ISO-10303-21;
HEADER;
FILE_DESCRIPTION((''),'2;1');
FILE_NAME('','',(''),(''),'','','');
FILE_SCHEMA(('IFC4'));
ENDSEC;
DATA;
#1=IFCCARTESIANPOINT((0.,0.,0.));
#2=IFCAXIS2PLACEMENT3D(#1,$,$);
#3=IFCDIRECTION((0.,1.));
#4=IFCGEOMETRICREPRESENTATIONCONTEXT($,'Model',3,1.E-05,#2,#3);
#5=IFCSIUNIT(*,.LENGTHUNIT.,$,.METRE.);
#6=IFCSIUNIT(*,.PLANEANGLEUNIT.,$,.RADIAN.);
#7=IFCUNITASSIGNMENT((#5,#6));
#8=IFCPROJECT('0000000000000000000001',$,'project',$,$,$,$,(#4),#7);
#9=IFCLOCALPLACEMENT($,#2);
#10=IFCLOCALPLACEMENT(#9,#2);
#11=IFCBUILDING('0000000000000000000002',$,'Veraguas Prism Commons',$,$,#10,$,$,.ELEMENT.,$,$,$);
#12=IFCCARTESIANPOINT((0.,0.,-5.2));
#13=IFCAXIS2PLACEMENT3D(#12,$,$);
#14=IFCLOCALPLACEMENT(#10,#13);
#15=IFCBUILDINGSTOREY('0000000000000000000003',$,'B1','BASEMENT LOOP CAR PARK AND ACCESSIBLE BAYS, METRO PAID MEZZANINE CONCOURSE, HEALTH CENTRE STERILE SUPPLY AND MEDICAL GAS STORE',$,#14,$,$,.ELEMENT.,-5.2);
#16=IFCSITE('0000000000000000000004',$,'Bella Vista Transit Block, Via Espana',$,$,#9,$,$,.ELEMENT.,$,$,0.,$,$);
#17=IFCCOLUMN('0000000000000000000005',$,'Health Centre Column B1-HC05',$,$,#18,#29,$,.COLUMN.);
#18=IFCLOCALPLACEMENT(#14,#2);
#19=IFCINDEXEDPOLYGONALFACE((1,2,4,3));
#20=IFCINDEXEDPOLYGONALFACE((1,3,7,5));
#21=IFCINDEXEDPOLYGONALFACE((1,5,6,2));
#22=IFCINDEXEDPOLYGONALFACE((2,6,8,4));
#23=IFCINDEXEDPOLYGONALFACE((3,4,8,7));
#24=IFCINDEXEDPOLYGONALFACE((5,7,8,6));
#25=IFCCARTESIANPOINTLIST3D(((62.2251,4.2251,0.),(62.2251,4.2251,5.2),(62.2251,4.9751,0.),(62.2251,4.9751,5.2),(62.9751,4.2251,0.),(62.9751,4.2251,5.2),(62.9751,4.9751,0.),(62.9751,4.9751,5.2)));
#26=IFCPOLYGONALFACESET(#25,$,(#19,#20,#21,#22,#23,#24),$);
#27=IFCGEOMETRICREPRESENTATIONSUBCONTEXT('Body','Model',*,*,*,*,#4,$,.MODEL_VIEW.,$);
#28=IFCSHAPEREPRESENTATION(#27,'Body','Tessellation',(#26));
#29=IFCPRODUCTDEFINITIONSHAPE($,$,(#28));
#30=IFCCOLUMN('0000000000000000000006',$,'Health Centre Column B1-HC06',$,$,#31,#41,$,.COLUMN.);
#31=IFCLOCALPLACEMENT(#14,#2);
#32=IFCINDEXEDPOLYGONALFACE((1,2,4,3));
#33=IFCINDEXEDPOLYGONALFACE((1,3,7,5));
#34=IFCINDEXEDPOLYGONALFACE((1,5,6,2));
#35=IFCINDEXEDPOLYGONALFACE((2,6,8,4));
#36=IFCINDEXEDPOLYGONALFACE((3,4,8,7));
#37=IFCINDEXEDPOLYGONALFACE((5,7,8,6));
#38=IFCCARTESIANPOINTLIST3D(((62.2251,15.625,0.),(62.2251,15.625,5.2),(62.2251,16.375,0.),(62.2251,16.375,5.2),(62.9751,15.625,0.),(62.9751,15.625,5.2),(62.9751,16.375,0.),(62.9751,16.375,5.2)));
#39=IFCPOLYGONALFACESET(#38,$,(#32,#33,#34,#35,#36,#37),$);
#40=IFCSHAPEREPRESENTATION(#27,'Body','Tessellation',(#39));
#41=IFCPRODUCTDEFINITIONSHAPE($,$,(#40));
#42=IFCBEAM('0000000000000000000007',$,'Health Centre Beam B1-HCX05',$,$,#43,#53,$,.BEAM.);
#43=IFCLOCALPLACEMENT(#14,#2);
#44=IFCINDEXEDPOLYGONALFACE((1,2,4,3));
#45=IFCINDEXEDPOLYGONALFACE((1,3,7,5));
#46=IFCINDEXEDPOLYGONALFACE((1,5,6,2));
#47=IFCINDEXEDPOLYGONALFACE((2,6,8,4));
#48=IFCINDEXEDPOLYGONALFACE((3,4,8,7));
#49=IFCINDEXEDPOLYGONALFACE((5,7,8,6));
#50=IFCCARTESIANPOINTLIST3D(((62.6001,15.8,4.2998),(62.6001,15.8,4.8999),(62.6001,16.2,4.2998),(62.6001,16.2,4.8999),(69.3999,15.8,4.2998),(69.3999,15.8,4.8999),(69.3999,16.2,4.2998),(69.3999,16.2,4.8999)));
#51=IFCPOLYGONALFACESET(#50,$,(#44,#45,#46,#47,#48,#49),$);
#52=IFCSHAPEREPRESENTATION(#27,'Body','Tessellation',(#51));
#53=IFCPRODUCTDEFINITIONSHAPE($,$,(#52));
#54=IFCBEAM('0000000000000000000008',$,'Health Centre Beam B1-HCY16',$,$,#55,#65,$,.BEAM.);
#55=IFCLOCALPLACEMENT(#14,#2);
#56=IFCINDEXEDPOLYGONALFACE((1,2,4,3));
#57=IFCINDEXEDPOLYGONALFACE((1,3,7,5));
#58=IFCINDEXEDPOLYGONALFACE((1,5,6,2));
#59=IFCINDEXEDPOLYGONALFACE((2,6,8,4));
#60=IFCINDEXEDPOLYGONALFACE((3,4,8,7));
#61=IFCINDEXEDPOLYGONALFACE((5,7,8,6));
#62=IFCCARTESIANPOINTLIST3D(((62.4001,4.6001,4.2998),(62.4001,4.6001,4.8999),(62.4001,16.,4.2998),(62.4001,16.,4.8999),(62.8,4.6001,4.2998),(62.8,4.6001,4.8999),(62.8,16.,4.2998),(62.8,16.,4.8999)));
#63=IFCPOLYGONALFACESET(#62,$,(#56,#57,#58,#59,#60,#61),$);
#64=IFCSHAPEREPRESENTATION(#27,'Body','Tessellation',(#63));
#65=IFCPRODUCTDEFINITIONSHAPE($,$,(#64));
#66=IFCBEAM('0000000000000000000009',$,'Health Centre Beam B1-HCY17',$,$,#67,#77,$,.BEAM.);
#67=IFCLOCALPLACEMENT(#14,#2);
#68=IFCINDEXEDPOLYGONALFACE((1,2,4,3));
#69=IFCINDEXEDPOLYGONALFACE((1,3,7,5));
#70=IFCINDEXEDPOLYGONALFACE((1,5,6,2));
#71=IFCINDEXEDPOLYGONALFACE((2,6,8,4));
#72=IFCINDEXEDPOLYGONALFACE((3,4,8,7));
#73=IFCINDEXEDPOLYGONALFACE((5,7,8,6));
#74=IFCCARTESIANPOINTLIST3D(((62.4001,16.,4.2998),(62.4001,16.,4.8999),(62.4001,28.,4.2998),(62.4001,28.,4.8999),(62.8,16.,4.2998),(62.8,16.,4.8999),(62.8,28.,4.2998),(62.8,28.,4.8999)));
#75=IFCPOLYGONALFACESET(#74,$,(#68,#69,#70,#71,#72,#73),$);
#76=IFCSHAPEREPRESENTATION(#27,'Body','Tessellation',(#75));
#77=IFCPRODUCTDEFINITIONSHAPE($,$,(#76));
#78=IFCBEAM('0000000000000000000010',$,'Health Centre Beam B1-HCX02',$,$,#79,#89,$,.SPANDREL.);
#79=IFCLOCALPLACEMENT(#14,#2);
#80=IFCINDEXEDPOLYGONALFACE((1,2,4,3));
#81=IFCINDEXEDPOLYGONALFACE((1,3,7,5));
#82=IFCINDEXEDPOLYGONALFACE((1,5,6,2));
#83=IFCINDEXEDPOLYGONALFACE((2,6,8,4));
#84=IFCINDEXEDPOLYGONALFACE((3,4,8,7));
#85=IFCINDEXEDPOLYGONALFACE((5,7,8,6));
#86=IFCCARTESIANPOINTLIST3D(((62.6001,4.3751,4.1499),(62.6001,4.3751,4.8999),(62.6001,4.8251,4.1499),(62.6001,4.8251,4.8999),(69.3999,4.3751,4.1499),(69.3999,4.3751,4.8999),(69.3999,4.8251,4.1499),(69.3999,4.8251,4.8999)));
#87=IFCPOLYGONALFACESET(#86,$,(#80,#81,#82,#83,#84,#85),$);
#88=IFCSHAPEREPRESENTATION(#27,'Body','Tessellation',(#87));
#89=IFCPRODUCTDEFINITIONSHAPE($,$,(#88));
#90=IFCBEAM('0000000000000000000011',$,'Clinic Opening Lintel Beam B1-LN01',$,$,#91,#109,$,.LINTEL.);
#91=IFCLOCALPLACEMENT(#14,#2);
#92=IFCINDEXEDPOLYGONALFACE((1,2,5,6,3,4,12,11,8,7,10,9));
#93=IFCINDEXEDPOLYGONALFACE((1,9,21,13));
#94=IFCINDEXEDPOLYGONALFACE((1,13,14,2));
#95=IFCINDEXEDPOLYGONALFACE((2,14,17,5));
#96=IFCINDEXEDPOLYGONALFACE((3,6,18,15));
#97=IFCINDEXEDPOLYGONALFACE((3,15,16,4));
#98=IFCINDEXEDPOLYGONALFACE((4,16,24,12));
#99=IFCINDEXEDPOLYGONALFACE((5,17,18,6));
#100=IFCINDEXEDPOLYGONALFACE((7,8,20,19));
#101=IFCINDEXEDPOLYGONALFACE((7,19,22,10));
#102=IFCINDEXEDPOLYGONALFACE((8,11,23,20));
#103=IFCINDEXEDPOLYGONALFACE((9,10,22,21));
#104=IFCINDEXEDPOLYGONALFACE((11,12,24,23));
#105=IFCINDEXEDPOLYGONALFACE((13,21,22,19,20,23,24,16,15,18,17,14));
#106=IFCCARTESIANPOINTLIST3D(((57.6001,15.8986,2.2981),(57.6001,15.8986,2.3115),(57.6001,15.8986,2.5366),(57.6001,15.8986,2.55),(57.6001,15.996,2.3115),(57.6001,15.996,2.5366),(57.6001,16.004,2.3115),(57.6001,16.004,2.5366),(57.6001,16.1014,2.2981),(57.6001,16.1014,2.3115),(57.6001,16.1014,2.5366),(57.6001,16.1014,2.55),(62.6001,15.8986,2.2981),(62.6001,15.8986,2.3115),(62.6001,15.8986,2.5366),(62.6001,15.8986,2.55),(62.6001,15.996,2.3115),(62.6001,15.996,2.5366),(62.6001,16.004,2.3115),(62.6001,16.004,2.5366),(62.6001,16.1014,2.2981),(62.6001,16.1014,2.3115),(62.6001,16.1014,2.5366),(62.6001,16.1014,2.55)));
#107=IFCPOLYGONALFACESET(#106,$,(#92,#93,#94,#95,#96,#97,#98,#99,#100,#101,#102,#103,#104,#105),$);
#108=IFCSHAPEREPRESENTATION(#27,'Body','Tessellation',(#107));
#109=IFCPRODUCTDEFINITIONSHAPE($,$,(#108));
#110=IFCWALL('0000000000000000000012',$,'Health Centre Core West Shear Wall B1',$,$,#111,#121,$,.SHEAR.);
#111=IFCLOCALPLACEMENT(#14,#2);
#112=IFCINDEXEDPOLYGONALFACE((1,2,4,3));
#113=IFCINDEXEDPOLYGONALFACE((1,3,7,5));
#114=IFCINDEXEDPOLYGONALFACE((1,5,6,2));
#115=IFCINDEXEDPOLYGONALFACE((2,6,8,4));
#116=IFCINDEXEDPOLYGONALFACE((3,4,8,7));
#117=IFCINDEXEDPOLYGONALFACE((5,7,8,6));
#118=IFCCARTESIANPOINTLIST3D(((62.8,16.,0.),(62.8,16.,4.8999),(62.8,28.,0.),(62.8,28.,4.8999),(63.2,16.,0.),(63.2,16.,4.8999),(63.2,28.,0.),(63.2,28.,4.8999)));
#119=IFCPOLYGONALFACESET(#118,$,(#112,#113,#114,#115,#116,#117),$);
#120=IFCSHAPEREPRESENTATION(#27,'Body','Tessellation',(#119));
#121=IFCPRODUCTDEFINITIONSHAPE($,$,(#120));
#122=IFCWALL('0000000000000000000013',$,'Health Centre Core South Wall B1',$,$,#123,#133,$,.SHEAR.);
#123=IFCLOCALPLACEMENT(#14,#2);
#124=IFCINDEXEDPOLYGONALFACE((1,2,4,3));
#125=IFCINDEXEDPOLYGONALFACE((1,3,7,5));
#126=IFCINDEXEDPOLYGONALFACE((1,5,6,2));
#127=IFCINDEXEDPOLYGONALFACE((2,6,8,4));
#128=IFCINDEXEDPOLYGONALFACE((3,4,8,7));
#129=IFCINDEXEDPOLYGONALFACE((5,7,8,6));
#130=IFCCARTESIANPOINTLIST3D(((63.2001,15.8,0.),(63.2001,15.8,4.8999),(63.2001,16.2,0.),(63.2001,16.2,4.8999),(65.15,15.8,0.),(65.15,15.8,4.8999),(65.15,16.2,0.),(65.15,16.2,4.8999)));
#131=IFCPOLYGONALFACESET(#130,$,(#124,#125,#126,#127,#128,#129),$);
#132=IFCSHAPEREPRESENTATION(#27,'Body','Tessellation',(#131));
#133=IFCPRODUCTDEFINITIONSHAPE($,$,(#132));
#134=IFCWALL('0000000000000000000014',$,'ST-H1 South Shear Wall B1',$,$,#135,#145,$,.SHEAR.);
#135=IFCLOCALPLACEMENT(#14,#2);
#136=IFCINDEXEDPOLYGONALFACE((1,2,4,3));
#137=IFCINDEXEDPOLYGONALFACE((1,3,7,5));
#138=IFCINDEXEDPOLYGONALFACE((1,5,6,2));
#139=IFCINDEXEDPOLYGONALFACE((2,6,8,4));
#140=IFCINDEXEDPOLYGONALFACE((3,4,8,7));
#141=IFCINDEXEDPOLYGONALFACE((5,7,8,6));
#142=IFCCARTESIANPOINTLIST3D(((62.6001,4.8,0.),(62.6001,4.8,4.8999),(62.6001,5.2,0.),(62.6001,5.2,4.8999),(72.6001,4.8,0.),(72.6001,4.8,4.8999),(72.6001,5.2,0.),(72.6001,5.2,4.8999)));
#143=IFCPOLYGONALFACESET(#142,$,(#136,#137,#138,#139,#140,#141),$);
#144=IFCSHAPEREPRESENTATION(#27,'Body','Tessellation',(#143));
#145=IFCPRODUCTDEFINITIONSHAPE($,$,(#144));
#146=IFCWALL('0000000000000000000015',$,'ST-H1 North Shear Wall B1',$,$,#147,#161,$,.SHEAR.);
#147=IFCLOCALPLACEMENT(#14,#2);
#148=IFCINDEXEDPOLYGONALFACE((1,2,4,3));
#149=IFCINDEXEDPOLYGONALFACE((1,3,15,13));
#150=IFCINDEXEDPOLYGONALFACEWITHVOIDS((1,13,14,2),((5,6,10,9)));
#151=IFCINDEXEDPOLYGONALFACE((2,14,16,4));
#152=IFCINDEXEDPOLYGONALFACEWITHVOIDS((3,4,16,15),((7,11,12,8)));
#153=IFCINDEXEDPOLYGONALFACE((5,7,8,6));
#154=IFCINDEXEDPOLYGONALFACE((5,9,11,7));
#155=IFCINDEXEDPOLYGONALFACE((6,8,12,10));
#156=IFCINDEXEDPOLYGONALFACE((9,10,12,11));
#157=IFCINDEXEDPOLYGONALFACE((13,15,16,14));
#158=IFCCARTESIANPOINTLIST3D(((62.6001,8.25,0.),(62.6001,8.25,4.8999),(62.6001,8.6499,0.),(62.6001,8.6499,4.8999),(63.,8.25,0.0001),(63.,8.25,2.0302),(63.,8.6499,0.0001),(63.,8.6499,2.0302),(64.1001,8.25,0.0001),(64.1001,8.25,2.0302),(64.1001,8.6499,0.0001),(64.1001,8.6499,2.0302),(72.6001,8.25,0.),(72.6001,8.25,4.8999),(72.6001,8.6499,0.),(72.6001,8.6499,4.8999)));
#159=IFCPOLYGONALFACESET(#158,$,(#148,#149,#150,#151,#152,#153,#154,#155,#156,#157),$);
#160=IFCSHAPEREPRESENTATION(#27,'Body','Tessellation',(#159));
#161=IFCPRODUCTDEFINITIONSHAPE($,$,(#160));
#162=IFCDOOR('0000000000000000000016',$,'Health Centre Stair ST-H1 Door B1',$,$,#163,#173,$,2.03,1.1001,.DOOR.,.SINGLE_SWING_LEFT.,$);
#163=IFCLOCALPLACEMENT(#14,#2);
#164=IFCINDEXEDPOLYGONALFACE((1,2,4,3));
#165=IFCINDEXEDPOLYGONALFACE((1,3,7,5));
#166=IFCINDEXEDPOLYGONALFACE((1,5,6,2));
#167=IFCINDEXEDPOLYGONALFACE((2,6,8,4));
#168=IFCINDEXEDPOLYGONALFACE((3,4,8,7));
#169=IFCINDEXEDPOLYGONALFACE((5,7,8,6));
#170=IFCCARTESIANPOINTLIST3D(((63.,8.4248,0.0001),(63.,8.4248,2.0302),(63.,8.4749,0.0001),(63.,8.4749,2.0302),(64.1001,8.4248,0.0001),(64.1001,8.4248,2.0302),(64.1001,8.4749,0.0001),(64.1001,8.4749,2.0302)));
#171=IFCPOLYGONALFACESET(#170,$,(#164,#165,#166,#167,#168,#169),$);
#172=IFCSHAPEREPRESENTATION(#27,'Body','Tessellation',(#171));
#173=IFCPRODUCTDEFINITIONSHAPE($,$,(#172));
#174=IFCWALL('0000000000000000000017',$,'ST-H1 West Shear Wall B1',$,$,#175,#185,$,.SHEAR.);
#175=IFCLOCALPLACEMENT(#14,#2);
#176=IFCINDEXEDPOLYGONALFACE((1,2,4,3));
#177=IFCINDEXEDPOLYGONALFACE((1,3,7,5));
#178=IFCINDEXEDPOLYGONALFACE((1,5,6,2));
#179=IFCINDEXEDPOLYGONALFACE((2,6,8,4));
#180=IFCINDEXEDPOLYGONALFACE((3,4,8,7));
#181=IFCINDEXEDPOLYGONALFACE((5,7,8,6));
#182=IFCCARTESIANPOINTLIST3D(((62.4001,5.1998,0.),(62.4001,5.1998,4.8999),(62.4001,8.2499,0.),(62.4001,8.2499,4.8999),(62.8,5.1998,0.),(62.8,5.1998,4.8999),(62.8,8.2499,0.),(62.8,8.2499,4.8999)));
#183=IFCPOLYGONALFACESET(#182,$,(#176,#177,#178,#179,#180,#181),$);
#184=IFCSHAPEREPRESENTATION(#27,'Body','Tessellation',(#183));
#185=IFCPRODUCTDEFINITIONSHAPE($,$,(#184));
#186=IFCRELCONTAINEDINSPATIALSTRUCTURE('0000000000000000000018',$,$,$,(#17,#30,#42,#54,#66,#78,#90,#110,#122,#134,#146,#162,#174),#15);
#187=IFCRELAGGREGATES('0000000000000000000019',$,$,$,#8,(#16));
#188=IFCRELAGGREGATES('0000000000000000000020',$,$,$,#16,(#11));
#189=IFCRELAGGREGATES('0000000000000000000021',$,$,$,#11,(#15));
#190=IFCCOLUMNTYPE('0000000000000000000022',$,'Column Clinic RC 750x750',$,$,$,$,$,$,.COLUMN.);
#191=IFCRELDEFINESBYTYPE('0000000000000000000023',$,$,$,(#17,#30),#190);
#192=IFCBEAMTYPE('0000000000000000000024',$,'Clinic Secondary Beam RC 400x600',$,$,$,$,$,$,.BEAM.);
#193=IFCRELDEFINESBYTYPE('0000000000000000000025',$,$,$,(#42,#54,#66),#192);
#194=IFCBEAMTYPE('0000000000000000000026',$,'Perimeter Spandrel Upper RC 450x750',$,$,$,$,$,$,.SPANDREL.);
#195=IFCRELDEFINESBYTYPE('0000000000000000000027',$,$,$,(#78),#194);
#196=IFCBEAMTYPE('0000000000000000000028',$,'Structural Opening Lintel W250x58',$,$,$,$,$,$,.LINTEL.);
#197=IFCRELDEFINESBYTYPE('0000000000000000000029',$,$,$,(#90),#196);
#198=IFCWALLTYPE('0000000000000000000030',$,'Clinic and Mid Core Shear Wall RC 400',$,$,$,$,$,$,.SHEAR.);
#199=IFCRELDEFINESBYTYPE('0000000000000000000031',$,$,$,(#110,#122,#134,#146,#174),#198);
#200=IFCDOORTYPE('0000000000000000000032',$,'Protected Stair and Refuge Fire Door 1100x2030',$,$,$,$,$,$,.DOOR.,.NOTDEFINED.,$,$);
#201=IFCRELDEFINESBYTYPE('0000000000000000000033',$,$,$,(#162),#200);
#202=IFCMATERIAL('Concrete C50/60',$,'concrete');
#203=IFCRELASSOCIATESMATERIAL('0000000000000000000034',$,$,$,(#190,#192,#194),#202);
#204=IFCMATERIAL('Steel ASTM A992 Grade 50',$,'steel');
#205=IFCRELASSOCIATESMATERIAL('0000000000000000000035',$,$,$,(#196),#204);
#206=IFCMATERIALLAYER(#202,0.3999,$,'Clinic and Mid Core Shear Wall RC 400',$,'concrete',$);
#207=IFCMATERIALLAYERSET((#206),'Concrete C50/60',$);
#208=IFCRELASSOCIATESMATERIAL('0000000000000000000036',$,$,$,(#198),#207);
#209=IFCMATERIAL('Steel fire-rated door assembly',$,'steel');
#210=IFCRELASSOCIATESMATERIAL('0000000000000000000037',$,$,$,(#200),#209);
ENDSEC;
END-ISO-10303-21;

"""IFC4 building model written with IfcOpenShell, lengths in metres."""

from ifc_helpers import new_model, si_unit, direction, frame, frame_2d, origin, origin_2d, place, context, subcontext, project, spatial, rectangle, i_section, extrude, source, transform, mapped, material, layer, layer_set, material_profile, profile_set, type_object, element, fill, save


model = new_model("IFC4")

# Units and contexts
model_context = context("Model", 3, precision=1e-05, world=origin(), true_north=direction((0.0, 1.0)))
body_context = subcontext(model_context, "Body", "Model", "MODEL_VIEW")
ifc_project = project(units=[si_unit("LENGTHUNIT", "METRE"), si_unit("PLANEANGLEUNIT", "RADIAN")], contexts=[model_context])

# Site, building, storey
site_placement = place(None, origin())
site = spatial("IfcSite", under=ifc_project, at=site_placement, Name="Bella Vista Transit Block, Via Espana", CompositionType="ELEMENT", RefElevation=0.0)
building_placement = place(site_placement, origin())
building = spatial("IfcBuilding", under=site, at=building_placement, Name="Veraguas Prism Commons", CompositionType="ELEMENT")
storey_placement = place(building_placement, frame((0.0, 0.0, -5.2)))
storey = spatial("IfcBuildingStorey", under=building, at=storey_placement, Name="B1", Description="BASEMENT LOOP CAR PARK AND ACCESSIBLE BAYS, METRO PAID MEZZANINE CONCOURSE, HEALTH CENTRE STERILE SUPPLY AND MEDICAL GAS STORE", CompositionType="ELEMENT", Elevation=-5.2)

# Columns
ifc_material_1 = material(Name="Concrete C50/60", Category="concrete")
ifc_material_profile_1 = material_profile(ifc_material_1, rectangle(XDim=0.75, YDim=0.75, at=origin_2d()), Name="RC750X750")
ifc_profile_set_1 = profile_set([ifc_material_profile_1], Name="Concrete C50/60")
column_type = type_object("IfcColumnType", Name="Column Clinic RC 750x750", PredefinedType="COLUMN", material=ifc_profile_set_1)
for number, where, z_axis, x_axis, name in (
    (1, (62.6001, 4.6001, 0.0), (0.0, 0.0, 1.0), (1.0, 0.0, 0.0), "Health Centre Column B1-HC05"),
    (2, (62.6001, 16.0, 0.0), (0.0, 0.0, 1.0), (1.0, 0.0, 0.0), "Health Centre Column B1-HC06"),
):
    element("IfcColumn", number, at=place(storey_placement, frame(where, z_axis=z_axis, x_axis=x_axis)), inside=storey, type_object=column_type, Name=name, PredefinedType="COLUMN", context=body_context, shape_type="SweptSolid", body=[
        extrude(rectangle(XDim=0.75, YDim=0.75, at=origin_2d()), origin(), (0.0, 0.0, 1.0), 5.2),
    ])

# Beams
ifc_material_profile_2 = material_profile(ifc_material_1, rectangle(XDim=0.3999, YDim=0.6001, at=origin_2d()), Name="RC400X600")
ifc_profile_set_2 = profile_set([ifc_material_profile_2], Name="Concrete C50/60")
beam_type_1 = type_object("IfcBeamType", Name="Clinic Secondary Beam RC 400x600", PredefinedType="BEAM", material=ifc_profile_set_2)
beam_1_placement = place(storey_placement, frame((62.6001, 16.0, 4.5999), z_axis=(1.0, 0.0, 0.0), x_axis=(0.0, 1.0, 0.0)))
element("IfcBeam", 3, at=beam_1_placement, inside=storey, type_object=beam_type_1, Name="Health Centre Beam B1-HCX05", PredefinedType="BEAM", context=body_context, shape_type="SweptSolid", body=[
    extrude(rectangle(XDim=0.3999, YDim=0.6001, at=origin_2d()), origin(), (0.0, 0.0, 1.0), 6.7998),
])
beam_2_placement = place(storey_placement, frame((62.6001, 4.6001, 4.5999), z_axis=(0.0, 1.0, 0.0), x_axis=(-1.0, 0.0, 0.0)))
element("IfcBeam", 4, at=beam_2_placement, inside=storey, type_object=beam_type_1, Name="Health Centre Beam B1-HCY16", PredefinedType="BEAM", context=body_context, shape_type="SweptSolid", body=[
    extrude(rectangle(XDim=0.3999, YDim=0.6001, at=origin_2d()), origin(), (0.0, 0.0, 1.0), 11.3999),
])
beam_3_placement = place(storey_placement, frame((62.6001, 16.0, 4.5999), z_axis=(0.0, 1.0, 0.0), x_axis=(-1.0, 0.0, 0.0)))
element("IfcBeam", 5, at=beam_3_placement, inside=storey, type_object=beam_type_1, Name="Health Centre Beam B1-HCY17", PredefinedType="BEAM", context=body_context, shape_type="SweptSolid", body=[
    extrude(rectangle(XDim=0.3999, YDim=0.6001, at=origin_2d()), origin(), (0.0, 0.0, 1.0), 12.0),
])
ifc_material_profile_3 = material_profile(ifc_material_1, rectangle(XDim=0.45, YDim=0.75, at=origin_2d()), Name="RC450X750")
ifc_profile_set_3 = profile_set([ifc_material_profile_3], Name="Concrete C50/60")
beam_type_2 = type_object("IfcBeamType", Name="Perimeter Spandrel Upper RC 450x750", PredefinedType="SPANDREL", material=ifc_profile_set_3)
beam_4_placement = place(storey_placement, frame((62.6001, 4.6001, 4.5249), z_axis=(1.0, 0.0, 0.0), x_axis=(0.0, 1.0, 0.0)))
element("IfcBeam", 6, at=beam_4_placement, inside=storey, type_object=beam_type_2, Name="Health Centre Beam B1-HCX02", PredefinedType="SPANDREL", context=body_context, shape_type="SweptSolid", body=[
    extrude(rectangle(XDim=0.45, YDim=0.75, at=origin_2d()), origin(), (0.0, 0.0, 1.0), 6.7998),
])
ifc_material_2 = material(Name="Steel ASTM A992 Grade 50", Category="steel")
ifc_material_profile_4 = material_profile(ifc_material_2, i_section(OverallWidth=0.2029, OverallDepth=0.252, WebThickness=0.0081, FlangeThickness=0.0134, at=origin_2d()), Name="W250X58")
ifc_profile_set_4 = profile_set([ifc_material_profile_4], Name="Steel ASTM A992 Grade 50")
beam_type_3 = type_object("IfcBeamType", Name="Structural Opening Lintel W250x58", PredefinedType="LINTEL", material=ifc_profile_set_4)
beam_5_placement = place(storey_placement, frame((57.6001, 16.0, 2.4241), z_axis=(1.0, 0.0, 0.0), x_axis=(0.0, 1.0, 0.0)))
element("IfcBeam", 7, at=beam_5_placement, inside=storey, type_object=beam_type_3, Name="Clinic Opening Lintel Beam B1-LN01", PredefinedType="LINTEL", context=body_context, shape_type="SweptSolid", body=[
    extrude(i_section(OverallWidth=0.2029, OverallDepth=0.252, WebThickness=0.0081, FlangeThickness=0.0134, at=origin_2d()), origin(), (0.0, 0.0, 1.0), 5.0),
])

# Walls
ifc_layer_1 = layer(ifc_material_1, 0.3999, Name="Clinic and Mid Core Shear Wall RC 400", Category="concrete")
ifc_layer_set_1 = layer_set([ifc_layer_1], Name="Concrete C50/60")
wall_type_1 = type_object("IfcWallType", Name="Clinic and Mid Core Shear Wall RC 400", PredefinedType="SHEAR", material=ifc_layer_set_1)
wall_1_placement = place(storey_placement, frame((63.0, 16.0, 0.0), z_axis=(0.0, 0.0, 1.0), x_axis=(0.0, 1.0, 0.0)))
element("IfcWall", 8, at=wall_1_placement, inside=storey, type_object=wall_type_1, Name="Health Centre Core West Shear Wall B1", PredefinedType="SHEAR", context=body_context, shape_type="SweptSolid", body=[
    extrude(rectangle(XDim=12.0, YDim=0.3999, at=frame_2d((6.0, 0.0))), origin(), (0.0, 0.0, 1.0), 4.8999),
])
wall_2_placement = place(storey_placement, frame((63.2, 16.0, 0.0), z_axis=(0.0, 0.0, 1.0), x_axis=(1.0, 0.0, 0.0)))
element("IfcWall", 9, at=wall_2_placement, inside=storey, type_object=wall_type_1, Name="Health Centre Core South Wall B1", PredefinedType="SHEAR", context=body_context, shape_type="SweptSolid", body=[
    extrude(rectangle(XDim=1.95, YDim=0.3999, at=frame_2d((0.9751, 0.0))), origin(), (0.0, 0.0, 1.0), 4.8999),
])
wall_3_placement = place(storey_placement, frame((62.6001, 5.0, 0.0), z_axis=(0.0, 0.0, 1.0), x_axis=(1.0, 0.0, 0.0)))
element("IfcWall", 10, at=wall_3_placement, inside=storey, type_object=wall_type_1, Name="ST-H1 South Shear Wall B1", PredefinedType="SHEAR", context=body_context, shape_type="SweptSolid", body=[
    extrude(rectangle(XDim=10.0, YDim=0.3999, at=frame_2d((5.0, 0.0))), origin(), (0.0, 0.0, 1.0), 4.8999),
])

# Wall, opening, door
wall_4_placement = place(storey_placement, frame((62.6001, 8.45, 0.0), z_axis=(0.0, 0.0, 1.0), x_axis=(1.0, 0.0, 0.0)))
wall_4 = element("IfcWall", 11, at=wall_4_placement, inside=storey, type_object=wall_type_1, Name="ST-H1 North Shear Wall B1", PredefinedType="SHEAR", context=body_context, shape_type="SweptSolid", body=[
    extrude(rectangle(XDim=10.0, YDim=0.3999, at=frame_2d((5.0, 0.0))), origin(), (0.0, 0.0, 1.0), 4.8999),
])
opening_placement = place(wall_4_placement, frame((0.3999, 0.0, 0.0)))
opening = element("IfcOpeningElement", 12, at=opening_placement, cuts=wall_4, PredefinedType="OPENING", context=body_context, shape_type="SweptSolid", body=[
    extrude(rectangle(XDim=1.1001, YDim=2.03, at=frame_2d((0.55, 1.0151))), frame((0.0, 0.21, 0.0), z_axis=(0.0, -1.0, 0.0), x_axis=(1.0, 0.0, 0.0)), (0.0, 0.0, 1.0), 0.4199),
])
ifc_material_3 = material(Name="Steel fire-rated door assembly", Category="steel")
door_type = type_object("IfcDoorType", Name="Protected Stair and Refuge Fire Door 1100x2030", OperationType="NOTDEFINED", PredefinedType="DOOR", material=ifc_material_3)
shared_shape_1 = source(origin(), body_context, "Body", "SweptSolid", [
    extrude(rectangle(XDim=1.1001, YDim=2.03, at=frame_2d((0.55, 1.0151))), frame((0.0, 0.0249, 0.0), z_axis=(0.0, -1.0, 0.0), x_axis=(1.0, 0.0, 0.0)), (0.0, 0.0, 1.0), 0.05),
])
door_placement = place(opening_placement, origin())
door = element("IfcDoor", 13, at=door_placement, inside=storey, type_object=door_type, Name="Health Centre Stair ST-H1 Door B1", OperationType="SINGLE_SWING_LEFT", OverallHeight=2.03, OverallWidth=1.1001, PredefinedType="DOOR", context=body_context, shape_type="MappedRepresentation", body=[
    mapped(shared_shape_1, transform((0.0, 0.0, 0.0), scale=1.0)),
])
fill(opening, door)

# Wall
wall_5_placement = place(storey_placement, frame((62.6001, 5.2, 0.0), z_axis=(0.0, 0.0, 1.0), x_axis=(0.0, 1.0, 0.0)))
element("IfcWall", 14, at=wall_5_placement, inside=storey, type_object=wall_type_1, Name="ST-H1 West Shear Wall B1", PredefinedType="SHEAR", context=body_context, shape_type="SweptSolid", body=[
    extrude(rectangle(XDim=3.05, YDim=0.3999, at=frame_2d((1.5249, 0.0))), origin(), (0.0, 0.0, 1.0), 4.8999),
])

save(model, "model.ifc")
